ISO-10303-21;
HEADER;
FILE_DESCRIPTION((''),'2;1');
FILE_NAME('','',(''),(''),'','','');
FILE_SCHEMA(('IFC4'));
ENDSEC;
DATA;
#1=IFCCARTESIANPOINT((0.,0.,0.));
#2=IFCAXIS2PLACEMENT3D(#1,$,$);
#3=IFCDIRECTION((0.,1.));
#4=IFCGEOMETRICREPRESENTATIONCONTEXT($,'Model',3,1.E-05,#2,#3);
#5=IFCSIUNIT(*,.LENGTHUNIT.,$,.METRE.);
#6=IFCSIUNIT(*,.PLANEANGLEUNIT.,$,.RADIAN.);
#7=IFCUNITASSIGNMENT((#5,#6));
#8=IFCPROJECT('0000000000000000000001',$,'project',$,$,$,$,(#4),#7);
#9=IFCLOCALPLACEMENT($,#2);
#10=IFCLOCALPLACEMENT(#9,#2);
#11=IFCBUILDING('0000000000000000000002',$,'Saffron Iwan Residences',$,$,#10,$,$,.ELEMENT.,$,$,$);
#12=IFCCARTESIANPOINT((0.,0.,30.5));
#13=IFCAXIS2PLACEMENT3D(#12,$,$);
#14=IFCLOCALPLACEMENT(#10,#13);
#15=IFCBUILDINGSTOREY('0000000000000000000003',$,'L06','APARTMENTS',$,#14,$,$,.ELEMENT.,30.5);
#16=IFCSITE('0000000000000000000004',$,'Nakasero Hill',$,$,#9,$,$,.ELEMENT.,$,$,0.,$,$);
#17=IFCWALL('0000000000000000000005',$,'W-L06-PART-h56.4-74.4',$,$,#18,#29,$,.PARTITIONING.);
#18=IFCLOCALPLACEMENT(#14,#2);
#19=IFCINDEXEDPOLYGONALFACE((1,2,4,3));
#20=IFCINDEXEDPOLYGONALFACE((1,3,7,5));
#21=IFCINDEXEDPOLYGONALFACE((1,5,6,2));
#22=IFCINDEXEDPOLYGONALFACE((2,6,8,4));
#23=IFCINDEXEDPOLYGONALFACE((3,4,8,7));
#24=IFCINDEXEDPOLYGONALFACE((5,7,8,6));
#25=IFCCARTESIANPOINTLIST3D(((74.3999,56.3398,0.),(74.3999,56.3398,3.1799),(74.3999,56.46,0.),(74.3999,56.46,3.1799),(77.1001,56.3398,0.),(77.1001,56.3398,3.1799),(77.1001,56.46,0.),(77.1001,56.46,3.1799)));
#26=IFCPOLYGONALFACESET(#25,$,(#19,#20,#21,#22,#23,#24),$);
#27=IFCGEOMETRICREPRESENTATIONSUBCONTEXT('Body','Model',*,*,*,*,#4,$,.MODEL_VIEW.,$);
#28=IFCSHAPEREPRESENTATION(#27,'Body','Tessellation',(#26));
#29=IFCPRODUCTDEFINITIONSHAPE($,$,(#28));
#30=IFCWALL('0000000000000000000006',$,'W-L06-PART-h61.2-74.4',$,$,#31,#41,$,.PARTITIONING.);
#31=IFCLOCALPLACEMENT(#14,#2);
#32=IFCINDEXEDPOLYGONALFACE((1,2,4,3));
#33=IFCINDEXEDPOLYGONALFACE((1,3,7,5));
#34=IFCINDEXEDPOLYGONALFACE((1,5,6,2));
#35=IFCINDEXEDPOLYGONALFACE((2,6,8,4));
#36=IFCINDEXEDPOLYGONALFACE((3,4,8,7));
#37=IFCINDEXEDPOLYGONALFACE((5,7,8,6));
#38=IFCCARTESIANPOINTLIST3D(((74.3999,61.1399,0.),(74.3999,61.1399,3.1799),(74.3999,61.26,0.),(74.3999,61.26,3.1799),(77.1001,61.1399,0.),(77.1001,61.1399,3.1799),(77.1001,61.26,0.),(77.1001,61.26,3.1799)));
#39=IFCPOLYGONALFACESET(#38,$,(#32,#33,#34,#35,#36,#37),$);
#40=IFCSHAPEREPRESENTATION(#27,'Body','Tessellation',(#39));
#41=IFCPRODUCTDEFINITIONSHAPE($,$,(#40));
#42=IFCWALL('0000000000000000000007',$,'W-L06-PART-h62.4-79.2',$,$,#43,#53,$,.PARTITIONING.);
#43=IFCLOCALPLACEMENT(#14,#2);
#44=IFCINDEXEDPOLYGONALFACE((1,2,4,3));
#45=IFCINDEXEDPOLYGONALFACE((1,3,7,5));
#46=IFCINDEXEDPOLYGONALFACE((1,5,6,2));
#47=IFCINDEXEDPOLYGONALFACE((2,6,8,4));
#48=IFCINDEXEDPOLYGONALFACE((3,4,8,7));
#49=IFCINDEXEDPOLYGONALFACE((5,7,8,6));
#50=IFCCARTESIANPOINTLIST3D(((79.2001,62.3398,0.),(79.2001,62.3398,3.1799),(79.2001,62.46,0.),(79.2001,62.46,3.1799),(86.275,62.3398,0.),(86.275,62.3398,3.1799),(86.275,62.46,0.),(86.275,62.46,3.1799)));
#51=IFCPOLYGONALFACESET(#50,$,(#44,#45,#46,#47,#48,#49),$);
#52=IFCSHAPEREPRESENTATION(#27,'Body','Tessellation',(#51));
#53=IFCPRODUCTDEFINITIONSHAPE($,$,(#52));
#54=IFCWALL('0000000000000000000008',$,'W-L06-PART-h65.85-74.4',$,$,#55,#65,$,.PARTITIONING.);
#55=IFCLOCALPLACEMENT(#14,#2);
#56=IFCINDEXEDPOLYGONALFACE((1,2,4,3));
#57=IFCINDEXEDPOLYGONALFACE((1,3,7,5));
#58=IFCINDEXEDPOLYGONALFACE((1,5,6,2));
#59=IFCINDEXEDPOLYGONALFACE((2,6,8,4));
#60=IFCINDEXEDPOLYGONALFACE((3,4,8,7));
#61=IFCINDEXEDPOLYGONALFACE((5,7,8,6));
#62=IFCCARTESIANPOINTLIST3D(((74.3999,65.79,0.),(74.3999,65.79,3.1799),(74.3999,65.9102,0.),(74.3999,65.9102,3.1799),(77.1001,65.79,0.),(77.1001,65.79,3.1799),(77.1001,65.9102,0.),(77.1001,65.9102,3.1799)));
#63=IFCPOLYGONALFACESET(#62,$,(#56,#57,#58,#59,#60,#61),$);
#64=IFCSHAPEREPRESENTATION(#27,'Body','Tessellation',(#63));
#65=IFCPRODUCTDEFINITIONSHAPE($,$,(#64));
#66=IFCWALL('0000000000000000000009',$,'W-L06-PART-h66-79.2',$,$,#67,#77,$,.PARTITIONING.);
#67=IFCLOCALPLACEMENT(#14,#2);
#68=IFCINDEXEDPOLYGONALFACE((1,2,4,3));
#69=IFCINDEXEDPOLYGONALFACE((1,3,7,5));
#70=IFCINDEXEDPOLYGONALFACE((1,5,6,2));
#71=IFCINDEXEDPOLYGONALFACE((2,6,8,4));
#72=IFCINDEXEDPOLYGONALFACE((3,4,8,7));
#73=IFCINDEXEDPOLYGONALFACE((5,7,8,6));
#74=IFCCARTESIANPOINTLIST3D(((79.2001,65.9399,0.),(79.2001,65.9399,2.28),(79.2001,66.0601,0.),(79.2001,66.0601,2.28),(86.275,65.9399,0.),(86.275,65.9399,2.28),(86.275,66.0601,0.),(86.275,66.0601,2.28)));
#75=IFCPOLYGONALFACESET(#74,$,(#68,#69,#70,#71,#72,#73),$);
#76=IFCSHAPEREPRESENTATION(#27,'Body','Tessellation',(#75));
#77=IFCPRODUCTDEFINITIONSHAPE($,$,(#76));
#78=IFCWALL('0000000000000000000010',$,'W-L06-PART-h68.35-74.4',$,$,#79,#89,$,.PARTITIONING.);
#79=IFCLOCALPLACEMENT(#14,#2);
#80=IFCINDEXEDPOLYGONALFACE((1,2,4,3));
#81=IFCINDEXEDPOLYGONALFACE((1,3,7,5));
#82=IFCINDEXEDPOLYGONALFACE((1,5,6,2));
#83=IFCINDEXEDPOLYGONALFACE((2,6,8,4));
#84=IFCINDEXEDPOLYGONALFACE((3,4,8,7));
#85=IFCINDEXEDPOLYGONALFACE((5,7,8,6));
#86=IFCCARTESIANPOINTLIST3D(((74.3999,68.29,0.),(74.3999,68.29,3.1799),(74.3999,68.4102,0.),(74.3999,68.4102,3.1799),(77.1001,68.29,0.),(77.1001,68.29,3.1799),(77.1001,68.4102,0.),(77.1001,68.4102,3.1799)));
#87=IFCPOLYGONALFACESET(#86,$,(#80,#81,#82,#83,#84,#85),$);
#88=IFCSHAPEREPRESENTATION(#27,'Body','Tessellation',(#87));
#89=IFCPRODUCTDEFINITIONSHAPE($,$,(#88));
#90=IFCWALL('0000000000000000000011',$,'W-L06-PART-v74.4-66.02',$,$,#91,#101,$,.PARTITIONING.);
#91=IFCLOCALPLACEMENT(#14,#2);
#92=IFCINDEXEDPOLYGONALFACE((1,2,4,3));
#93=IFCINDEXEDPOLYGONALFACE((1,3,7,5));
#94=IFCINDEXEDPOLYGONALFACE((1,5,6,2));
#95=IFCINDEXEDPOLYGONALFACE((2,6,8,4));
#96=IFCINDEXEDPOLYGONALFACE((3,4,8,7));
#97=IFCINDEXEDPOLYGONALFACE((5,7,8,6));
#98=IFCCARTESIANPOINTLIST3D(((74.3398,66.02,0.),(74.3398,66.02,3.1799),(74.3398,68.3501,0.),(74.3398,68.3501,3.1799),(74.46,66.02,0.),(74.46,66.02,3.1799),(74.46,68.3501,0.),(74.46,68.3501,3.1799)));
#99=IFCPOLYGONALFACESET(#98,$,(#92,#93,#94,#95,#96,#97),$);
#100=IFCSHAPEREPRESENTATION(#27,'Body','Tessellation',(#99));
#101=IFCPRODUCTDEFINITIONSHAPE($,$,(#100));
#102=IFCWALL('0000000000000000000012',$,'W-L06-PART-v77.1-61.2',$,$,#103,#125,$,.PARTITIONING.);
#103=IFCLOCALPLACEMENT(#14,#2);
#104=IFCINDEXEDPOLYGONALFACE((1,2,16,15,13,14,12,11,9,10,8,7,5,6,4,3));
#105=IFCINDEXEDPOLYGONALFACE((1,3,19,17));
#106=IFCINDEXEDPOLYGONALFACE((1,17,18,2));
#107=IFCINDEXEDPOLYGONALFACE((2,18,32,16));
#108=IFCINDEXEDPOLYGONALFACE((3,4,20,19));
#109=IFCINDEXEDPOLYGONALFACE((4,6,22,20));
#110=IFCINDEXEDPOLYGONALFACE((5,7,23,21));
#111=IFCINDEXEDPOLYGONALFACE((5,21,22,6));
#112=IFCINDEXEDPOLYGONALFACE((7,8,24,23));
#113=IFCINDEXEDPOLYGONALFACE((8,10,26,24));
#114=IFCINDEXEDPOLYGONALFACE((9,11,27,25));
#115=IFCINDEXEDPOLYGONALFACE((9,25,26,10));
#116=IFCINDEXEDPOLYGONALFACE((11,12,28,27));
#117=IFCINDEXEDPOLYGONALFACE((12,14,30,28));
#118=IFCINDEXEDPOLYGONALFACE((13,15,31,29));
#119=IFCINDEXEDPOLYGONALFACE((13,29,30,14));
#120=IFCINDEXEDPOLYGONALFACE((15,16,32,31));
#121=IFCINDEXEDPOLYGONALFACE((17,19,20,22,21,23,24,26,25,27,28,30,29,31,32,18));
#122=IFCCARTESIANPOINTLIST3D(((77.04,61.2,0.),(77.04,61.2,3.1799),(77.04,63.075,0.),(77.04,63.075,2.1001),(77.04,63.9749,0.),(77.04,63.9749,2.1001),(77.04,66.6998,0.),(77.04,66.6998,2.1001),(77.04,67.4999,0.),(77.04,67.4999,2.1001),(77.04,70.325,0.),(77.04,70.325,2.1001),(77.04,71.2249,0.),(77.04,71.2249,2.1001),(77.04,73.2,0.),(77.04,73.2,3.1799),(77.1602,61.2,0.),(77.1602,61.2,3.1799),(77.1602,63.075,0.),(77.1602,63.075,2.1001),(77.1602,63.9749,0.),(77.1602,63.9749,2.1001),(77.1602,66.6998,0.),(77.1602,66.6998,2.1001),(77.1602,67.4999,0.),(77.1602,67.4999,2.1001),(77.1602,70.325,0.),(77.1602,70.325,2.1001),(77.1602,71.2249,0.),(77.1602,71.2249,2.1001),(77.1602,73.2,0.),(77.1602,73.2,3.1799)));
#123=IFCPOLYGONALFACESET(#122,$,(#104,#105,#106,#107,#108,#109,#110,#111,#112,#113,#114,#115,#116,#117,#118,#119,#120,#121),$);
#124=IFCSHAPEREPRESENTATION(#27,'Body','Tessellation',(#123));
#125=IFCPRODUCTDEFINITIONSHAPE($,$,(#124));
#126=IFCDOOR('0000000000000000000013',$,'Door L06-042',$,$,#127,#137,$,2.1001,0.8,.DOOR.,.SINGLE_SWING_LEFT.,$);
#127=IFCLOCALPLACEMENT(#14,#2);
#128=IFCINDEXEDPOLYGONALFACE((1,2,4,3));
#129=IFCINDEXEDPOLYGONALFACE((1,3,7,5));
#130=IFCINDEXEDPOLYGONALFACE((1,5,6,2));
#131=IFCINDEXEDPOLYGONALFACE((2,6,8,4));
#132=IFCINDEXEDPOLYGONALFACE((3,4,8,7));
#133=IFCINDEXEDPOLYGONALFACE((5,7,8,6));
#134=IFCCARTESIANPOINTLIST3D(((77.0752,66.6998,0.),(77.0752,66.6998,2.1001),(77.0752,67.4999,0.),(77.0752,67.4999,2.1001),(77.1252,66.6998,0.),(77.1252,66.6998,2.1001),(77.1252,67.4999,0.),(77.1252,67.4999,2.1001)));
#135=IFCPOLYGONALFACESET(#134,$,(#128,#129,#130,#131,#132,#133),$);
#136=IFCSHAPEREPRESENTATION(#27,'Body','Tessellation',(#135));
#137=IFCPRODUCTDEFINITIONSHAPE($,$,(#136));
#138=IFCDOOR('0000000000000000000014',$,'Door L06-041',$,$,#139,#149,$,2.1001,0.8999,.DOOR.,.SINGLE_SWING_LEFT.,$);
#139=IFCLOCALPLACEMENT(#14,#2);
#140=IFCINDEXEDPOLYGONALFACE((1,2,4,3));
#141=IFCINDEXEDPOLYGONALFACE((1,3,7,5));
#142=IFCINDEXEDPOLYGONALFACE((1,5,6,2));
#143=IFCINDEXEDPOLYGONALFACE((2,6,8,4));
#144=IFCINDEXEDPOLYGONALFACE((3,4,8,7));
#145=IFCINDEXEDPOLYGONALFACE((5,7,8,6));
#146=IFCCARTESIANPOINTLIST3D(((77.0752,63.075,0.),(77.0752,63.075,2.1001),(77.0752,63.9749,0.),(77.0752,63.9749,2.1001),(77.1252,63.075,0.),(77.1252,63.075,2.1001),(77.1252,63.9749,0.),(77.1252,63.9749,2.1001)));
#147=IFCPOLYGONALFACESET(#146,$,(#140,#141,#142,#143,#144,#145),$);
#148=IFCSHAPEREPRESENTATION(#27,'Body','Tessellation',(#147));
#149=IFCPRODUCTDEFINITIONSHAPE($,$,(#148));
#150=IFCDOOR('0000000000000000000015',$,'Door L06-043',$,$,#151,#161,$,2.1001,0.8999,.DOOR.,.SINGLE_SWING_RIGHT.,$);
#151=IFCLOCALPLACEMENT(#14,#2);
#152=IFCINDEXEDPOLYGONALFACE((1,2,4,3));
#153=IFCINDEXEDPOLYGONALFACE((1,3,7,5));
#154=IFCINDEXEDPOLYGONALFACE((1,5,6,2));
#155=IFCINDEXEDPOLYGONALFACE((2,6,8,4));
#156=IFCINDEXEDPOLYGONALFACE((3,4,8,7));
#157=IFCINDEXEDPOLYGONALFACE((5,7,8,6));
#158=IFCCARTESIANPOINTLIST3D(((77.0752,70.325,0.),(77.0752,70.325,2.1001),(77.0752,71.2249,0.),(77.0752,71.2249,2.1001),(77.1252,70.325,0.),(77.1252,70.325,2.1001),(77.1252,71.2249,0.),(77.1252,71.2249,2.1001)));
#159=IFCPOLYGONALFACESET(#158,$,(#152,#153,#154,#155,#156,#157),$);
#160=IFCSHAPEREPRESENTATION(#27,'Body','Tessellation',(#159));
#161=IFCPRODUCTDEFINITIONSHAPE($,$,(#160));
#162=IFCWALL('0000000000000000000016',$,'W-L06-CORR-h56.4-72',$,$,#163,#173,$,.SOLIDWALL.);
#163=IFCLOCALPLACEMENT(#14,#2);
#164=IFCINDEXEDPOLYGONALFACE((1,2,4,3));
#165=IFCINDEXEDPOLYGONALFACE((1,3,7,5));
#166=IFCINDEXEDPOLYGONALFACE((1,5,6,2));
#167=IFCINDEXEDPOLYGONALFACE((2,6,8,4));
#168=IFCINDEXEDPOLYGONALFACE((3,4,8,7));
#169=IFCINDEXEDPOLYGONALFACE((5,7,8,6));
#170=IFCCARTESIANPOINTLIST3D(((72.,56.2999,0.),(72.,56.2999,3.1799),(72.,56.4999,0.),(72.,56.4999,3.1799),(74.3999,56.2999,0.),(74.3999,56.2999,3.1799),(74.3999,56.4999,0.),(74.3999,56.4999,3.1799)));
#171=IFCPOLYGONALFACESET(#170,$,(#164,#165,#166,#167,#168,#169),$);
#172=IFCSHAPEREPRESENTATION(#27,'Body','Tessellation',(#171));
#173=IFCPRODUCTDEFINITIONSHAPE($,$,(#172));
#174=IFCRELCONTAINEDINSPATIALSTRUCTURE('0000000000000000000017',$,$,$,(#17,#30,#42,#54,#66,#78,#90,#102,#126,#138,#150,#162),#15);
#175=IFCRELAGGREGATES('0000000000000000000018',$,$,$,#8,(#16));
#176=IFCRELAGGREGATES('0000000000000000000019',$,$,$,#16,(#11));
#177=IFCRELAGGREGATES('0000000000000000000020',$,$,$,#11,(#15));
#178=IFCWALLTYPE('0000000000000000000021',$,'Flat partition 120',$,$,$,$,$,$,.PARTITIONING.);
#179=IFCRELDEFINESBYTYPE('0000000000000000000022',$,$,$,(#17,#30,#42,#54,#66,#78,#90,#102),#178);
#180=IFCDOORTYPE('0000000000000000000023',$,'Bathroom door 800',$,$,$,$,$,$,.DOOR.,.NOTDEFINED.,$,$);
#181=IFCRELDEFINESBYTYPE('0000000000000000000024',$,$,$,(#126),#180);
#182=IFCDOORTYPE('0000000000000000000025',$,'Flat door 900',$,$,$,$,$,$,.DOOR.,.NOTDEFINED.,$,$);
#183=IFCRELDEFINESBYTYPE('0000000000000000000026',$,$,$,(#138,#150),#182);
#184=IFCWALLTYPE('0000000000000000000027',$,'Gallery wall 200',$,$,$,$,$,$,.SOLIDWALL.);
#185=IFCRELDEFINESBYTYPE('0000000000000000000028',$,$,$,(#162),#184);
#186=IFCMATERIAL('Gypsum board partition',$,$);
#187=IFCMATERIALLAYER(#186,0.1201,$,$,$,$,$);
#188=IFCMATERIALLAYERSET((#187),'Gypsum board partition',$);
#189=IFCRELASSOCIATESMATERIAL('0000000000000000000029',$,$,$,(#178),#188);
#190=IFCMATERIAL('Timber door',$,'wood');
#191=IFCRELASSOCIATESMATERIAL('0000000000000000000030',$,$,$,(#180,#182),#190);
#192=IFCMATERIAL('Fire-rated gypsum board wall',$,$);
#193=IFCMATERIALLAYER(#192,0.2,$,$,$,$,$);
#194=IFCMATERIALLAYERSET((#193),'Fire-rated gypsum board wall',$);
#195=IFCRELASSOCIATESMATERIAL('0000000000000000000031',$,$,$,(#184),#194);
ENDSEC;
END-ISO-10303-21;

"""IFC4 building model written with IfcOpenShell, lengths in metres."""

from ifc_helpers import new_model, si_unit, direction, frame, frame_2d, origin, place, context, subcontext, project, spatial, rectangle, extrude, material, layer, layer_set, type_object, element, fill, save


model = new_model("IFC4")

# Units and contexts
model_context = context("Model", 3, precision=1e-05, world=origin(), true_north=direction((0.0, 1.0)))
body_context = subcontext(model_context, "Body", "Model", "MODEL_VIEW")
ifc_project = project(units=[si_unit("LENGTHUNIT", "METRE"), si_unit("PLANEANGLEUNIT", "RADIAN")], contexts=[model_context])

# Site, building, storey
site_placement = place(None, origin())
site = spatial("IfcSite", under=ifc_project, at=site_placement, Name="Nakasero Hill", CompositionType="ELEMENT", RefElevation=0.0)
building_placement = place(site_placement, origin())
building = spatial("IfcBuilding", under=site, at=building_placement, Name="Saffron Iwan Residences", CompositionType="ELEMENT")
storey_placement = place(building_placement, frame((0.0, 0.0, 30.5)))
storey = spatial("IfcBuildingStorey", under=building, at=storey_placement, Name="L06", Description="APARTMENTS", CompositionType="ELEMENT", Elevation=30.5)

# Walls
ifc_material_1 = material(Name="Fire-rated gypsum board wall")
ifc_material_2 = material(Name="Gypsum board partition")
ifc_layer_1 = layer(ifc_material_2, 0.1201)
ifc_layer_set_1 = layer_set([ifc_layer_1], Name="Gypsum board partition")
wall_type_1 = type_object("IfcWallType", Name="Flat partition 120", PredefinedType="PARTITIONING", material=ifc_layer_set_1)
for number, where, z_axis, x_axis, name in (
    (1, (74.3999, 56.3999, 0.0), (0.0, 0.0, 1.0), (1.0, 0.0, 0.0), "W-L06-PART-h56.4-74.4"),
    (2, (74.3999, 61.2, 0.0), (0.0, 0.0, 1.0), (1.0, 0.0, 0.0), "W-L06-PART-h61.2-74.4"),
):
    element("IfcWall", number, at=place(storey_placement, frame(where, z_axis=z_axis, x_axis=x_axis)), inside=storey, type_object=wall_type_1, Name=name, PredefinedType="PARTITIONING", context=body_context, shape_type="SweptSolid", body=[
        extrude(rectangle(XDim=2.7002, YDim=0.1201, at=frame_2d((1.3501, 0.0))), origin(), (0.0, 0.0, 1.0), 3.1799),
    ])
wall_1_placement = place(storey_placement, frame((79.2, 62.3999, 0.0), z_axis=(0.0, 0.0, 1.0), x_axis=(1.0, 0.0, 0.0)))
element("IfcWall", 3, at=wall_1_placement, inside=storey, type_object=wall_type_1, Name="W-L06-PART-h62.4-79.2", PredefinedType="PARTITIONING", context=body_context, shape_type="SweptSolid", body=[
    extrude(rectangle(XDim=7.075, YDim=0.1201, at=frame_2d((3.5376, 0.0))), origin(), (0.0, 0.0, 1.0), 3.1799),
])
wall_2_placement = place(storey_placement, frame((74.3999, 65.8501, 0.0), z_axis=(0.0, 0.0, 1.0), x_axis=(1.0, 0.0, 0.0)))
element("IfcWall", 4, at=wall_2_placement, inside=storey, type_object=wall_type_1, Name="W-L06-PART-h65.85-74.4", PredefinedType="PARTITIONING", context=body_context, shape_type="SweptSolid", body=[
    extrude(rectangle(XDim=2.7002, YDim=0.1201, at=frame_2d((1.3501, 0.0))), origin(), (0.0, 0.0, 1.0), 3.1799),
])
wall_3_placement = place(storey_placement, frame((79.2, 66.0, 0.0), z_axis=(0.0, 0.0, 1.0), x_axis=(1.0, 0.0, 0.0)))
element("IfcWall", 5, at=wall_3_placement, inside=storey, type_object=wall_type_1, Name="W-L06-PART-h66-79.2", PredefinedType="PARTITIONING", context=body_context, shape_type="SweptSolid", body=[
    extrude(rectangle(XDim=7.075, YDim=0.1201, at=frame_2d((3.5376, 0.0))), origin(), (0.0, 0.0, 1.0), 2.28),
])
wall_4_placement = place(storey_placement, frame((74.3999, 68.3501, 0.0), z_axis=(0.0, 0.0, 1.0), x_axis=(1.0, 0.0, 0.0)))
element("IfcWall", 6, at=wall_4_placement, inside=storey, type_object=wall_type_1, Name="W-L06-PART-h68.35-74.4", PredefinedType="PARTITIONING", context=body_context, shape_type="SweptSolid", body=[
    extrude(rectangle(XDim=2.7002, YDim=0.1201, at=frame_2d((1.3501, 0.0))), origin(), (0.0, 0.0, 1.0), 3.1799),
])
wall_5_placement = place(storey_placement, frame((74.3999, 66.02, 0.0), z_axis=(0.0, 0.0, 1.0), x_axis=(0.0, 1.0, 0.0)))
element("IfcWall", 7, at=wall_5_placement, inside=storey, type_object=wall_type_1, Name="W-L06-PART-v74.4-66.02", PredefinedType="PARTITIONING", context=body_context, shape_type="SweptSolid", body=[
    extrude(rectangle(XDim=2.3301, YDim=0.1201, at=frame_2d((1.165, 0.0))), origin(), (0.0, 0.0, 1.0), 3.1799),
])

# Wall, openings, doors
wall_6_placement = place(storey_placement, frame((77.1001, 61.2, 0.0), z_axis=(0.0, 0.0, 1.0), x_axis=(0.0, 1.0, 0.0)))
wall_6 = element("IfcWall", 8, at=wall_6_placement, inside=storey, type_object=wall_type_1, Name="W-L06-PART-v77.1-61.2", PredefinedType="PARTITIONING", context=body_context, shape_type="SweptSolid", body=[
    extrude(rectangle(XDim=12.0, YDim=0.1201, at=frame_2d((6.0, 0.0))), origin(), (0.0, 0.0, 1.0), 3.1799),
])
opening_1_placement = place(wall_6_placement, frame((1.875, 0.0, 0.0)))
opening_1 = element("IfcOpeningElement", 9, at=opening_1_placement, cuts=wall_6, PredefinedType="OPENING", context=body_context, shape_type="SweptSolid", body=[
    extrude(rectangle(XDim=0.8999, YDim=2.1001, at=frame_2d((0.45, 1.05))), frame((0.0, 0.0701, 0.0), z_axis=(0.0, -1.0, 0.0), x_axis=(1.0, 0.0, 0.0)), (0.0, 0.0, 1.0), 0.1401),
])
opening_2_placement = place(wall_6_placement, frame((5.5, 0.0, 0.0)))
opening_2 = element("IfcOpeningElement", 10, at=opening_2_placement, cuts=wall_6, PredefinedType="OPENING", context=body_context, shape_type="SweptSolid", body=[
    extrude(rectangle(XDim=0.8, YDim=2.1001, at=frame_2d((0.3999, 1.05))), frame((0.0, 0.0701, 0.0), z_axis=(0.0, -1.0, 0.0), x_axis=(1.0, 0.0, 0.0)), (0.0, 0.0, 1.0), 0.1401),
])
opening_3_placement = place(wall_6_placement, frame((9.125, 0.0, 0.0)))
opening_3 = element("IfcOpeningElement", 11, at=opening_3_placement, cuts=wall_6, PredefinedType="OPENING", context=body_context, shape_type="SweptSolid", body=[
    extrude(rectangle(XDim=0.8999, YDim=2.1001, at=frame_2d((0.45, 1.05))), frame((0.0, 0.0701, 0.0), z_axis=(0.0, -1.0, 0.0), x_axis=(1.0, 0.0, 0.0)), (0.0, 0.0, 1.0), 0.1401),
])
ifc_material_3 = material(Name="Timber door", Category="wood")
door_type_1 = type_object("IfcDoorType", Name="Bathroom door 800", OperationType="NOTDEFINED", PredefinedType="DOOR", material=ifc_material_3)
door_1_placement = place(opening_2_placement, origin())
door_1 = element("IfcDoor", 12, at=door_1_placement, inside=storey, type_object=door_type_1, Name="Door L06-042", OperationType="SINGLE_SWING_LEFT", OverallHeight=2.1001, OverallWidth=0.8, PredefinedType="DOOR", context=body_context, shape_type="SweptSolid", body=[
    extrude(rectangle(XDim=0.8, YDim=2.1001, at=frame_2d((0.3999, 1.05))), frame((0.0, 0.0249, 0.0), z_axis=(0.0, -1.0, 0.0), x_axis=(1.0, 0.0, 0.0)), (0.0, 0.0, 1.0), 0.05),
])
fill(opening_2, door_1)
door_type_2 = type_object("IfcDoorType", Name="Flat door 900", OperationType="NOTDEFINED", PredefinedType="DOOR", material=ifc_material_3)
door_2_placement = place(opening_1_placement, origin())
door_2 = element("IfcDoor", 13, at=door_2_placement, inside=storey, type_object=door_type_2, Name="Door L06-041", OperationType="SINGLE_SWING_LEFT", OverallHeight=2.1001, OverallWidth=0.8999, PredefinedType="DOOR", context=body_context, shape_type="SweptSolid", body=[
    extrude(rectangle(XDim=0.8999, YDim=2.1001, at=frame_2d((0.45, 1.05))), frame((0.0, 0.0249, 0.0), z_axis=(0.0, -1.0, 0.0), x_axis=(1.0, 0.0, 0.0)), (0.0, 0.0, 1.0), 0.05),
])
fill(opening_1, door_2)
door_3_placement = place(opening_3_placement, origin())
door_3 = element("IfcDoor", 14, at=door_3_placement, inside=storey, type_object=door_type_2, Name="Door L06-043", OperationType="SINGLE_SWING_RIGHT", OverallHeight=2.1001, OverallWidth=0.8999, PredefinedType="DOOR", context=body_context, shape_type="SweptSolid", body=[
    extrude(rectangle(XDim=0.8999, YDim=2.1001, at=frame_2d((0.45, 1.05))), frame((0.0, 0.0249, 0.0), z_axis=(0.0, -1.0, 0.0), x_axis=(1.0, 0.0, 0.0)), (0.0, 0.0, 1.0), 0.05),
])
fill(opening_3, door_3)

# Wall
ifc_layer_2 = layer(ifc_material_1, 0.2)
ifc_layer_set_2 = layer_set([ifc_layer_2], Name="Fire-rated gypsum board wall")
wall_type_2 = type_object("IfcWallType", Name="Gallery wall 200", PredefinedType="SOLIDWALL", material=ifc_layer_set_2)
wall_7_placement = place(storey_placement, frame((72.0, 56.3999, 0.0), z_axis=(0.0, 0.0, 1.0), x_axis=(1.0, 0.0, 0.0)))
element("IfcWall", 15, at=wall_7_placement, inside=storey, type_object=wall_type_2, Name="W-L06-CORR-h56.4-72", PredefinedType="SOLIDWALL", context=body_context, shape_type="SweptSolid", body=[
    extrude(rectangle(XDim=2.3999, YDim=0.2, at=frame_2d((1.2, 0.0))), origin(), (0.0, 0.0, 1.0), 3.1799),
])

save(model, "model.ifc")
